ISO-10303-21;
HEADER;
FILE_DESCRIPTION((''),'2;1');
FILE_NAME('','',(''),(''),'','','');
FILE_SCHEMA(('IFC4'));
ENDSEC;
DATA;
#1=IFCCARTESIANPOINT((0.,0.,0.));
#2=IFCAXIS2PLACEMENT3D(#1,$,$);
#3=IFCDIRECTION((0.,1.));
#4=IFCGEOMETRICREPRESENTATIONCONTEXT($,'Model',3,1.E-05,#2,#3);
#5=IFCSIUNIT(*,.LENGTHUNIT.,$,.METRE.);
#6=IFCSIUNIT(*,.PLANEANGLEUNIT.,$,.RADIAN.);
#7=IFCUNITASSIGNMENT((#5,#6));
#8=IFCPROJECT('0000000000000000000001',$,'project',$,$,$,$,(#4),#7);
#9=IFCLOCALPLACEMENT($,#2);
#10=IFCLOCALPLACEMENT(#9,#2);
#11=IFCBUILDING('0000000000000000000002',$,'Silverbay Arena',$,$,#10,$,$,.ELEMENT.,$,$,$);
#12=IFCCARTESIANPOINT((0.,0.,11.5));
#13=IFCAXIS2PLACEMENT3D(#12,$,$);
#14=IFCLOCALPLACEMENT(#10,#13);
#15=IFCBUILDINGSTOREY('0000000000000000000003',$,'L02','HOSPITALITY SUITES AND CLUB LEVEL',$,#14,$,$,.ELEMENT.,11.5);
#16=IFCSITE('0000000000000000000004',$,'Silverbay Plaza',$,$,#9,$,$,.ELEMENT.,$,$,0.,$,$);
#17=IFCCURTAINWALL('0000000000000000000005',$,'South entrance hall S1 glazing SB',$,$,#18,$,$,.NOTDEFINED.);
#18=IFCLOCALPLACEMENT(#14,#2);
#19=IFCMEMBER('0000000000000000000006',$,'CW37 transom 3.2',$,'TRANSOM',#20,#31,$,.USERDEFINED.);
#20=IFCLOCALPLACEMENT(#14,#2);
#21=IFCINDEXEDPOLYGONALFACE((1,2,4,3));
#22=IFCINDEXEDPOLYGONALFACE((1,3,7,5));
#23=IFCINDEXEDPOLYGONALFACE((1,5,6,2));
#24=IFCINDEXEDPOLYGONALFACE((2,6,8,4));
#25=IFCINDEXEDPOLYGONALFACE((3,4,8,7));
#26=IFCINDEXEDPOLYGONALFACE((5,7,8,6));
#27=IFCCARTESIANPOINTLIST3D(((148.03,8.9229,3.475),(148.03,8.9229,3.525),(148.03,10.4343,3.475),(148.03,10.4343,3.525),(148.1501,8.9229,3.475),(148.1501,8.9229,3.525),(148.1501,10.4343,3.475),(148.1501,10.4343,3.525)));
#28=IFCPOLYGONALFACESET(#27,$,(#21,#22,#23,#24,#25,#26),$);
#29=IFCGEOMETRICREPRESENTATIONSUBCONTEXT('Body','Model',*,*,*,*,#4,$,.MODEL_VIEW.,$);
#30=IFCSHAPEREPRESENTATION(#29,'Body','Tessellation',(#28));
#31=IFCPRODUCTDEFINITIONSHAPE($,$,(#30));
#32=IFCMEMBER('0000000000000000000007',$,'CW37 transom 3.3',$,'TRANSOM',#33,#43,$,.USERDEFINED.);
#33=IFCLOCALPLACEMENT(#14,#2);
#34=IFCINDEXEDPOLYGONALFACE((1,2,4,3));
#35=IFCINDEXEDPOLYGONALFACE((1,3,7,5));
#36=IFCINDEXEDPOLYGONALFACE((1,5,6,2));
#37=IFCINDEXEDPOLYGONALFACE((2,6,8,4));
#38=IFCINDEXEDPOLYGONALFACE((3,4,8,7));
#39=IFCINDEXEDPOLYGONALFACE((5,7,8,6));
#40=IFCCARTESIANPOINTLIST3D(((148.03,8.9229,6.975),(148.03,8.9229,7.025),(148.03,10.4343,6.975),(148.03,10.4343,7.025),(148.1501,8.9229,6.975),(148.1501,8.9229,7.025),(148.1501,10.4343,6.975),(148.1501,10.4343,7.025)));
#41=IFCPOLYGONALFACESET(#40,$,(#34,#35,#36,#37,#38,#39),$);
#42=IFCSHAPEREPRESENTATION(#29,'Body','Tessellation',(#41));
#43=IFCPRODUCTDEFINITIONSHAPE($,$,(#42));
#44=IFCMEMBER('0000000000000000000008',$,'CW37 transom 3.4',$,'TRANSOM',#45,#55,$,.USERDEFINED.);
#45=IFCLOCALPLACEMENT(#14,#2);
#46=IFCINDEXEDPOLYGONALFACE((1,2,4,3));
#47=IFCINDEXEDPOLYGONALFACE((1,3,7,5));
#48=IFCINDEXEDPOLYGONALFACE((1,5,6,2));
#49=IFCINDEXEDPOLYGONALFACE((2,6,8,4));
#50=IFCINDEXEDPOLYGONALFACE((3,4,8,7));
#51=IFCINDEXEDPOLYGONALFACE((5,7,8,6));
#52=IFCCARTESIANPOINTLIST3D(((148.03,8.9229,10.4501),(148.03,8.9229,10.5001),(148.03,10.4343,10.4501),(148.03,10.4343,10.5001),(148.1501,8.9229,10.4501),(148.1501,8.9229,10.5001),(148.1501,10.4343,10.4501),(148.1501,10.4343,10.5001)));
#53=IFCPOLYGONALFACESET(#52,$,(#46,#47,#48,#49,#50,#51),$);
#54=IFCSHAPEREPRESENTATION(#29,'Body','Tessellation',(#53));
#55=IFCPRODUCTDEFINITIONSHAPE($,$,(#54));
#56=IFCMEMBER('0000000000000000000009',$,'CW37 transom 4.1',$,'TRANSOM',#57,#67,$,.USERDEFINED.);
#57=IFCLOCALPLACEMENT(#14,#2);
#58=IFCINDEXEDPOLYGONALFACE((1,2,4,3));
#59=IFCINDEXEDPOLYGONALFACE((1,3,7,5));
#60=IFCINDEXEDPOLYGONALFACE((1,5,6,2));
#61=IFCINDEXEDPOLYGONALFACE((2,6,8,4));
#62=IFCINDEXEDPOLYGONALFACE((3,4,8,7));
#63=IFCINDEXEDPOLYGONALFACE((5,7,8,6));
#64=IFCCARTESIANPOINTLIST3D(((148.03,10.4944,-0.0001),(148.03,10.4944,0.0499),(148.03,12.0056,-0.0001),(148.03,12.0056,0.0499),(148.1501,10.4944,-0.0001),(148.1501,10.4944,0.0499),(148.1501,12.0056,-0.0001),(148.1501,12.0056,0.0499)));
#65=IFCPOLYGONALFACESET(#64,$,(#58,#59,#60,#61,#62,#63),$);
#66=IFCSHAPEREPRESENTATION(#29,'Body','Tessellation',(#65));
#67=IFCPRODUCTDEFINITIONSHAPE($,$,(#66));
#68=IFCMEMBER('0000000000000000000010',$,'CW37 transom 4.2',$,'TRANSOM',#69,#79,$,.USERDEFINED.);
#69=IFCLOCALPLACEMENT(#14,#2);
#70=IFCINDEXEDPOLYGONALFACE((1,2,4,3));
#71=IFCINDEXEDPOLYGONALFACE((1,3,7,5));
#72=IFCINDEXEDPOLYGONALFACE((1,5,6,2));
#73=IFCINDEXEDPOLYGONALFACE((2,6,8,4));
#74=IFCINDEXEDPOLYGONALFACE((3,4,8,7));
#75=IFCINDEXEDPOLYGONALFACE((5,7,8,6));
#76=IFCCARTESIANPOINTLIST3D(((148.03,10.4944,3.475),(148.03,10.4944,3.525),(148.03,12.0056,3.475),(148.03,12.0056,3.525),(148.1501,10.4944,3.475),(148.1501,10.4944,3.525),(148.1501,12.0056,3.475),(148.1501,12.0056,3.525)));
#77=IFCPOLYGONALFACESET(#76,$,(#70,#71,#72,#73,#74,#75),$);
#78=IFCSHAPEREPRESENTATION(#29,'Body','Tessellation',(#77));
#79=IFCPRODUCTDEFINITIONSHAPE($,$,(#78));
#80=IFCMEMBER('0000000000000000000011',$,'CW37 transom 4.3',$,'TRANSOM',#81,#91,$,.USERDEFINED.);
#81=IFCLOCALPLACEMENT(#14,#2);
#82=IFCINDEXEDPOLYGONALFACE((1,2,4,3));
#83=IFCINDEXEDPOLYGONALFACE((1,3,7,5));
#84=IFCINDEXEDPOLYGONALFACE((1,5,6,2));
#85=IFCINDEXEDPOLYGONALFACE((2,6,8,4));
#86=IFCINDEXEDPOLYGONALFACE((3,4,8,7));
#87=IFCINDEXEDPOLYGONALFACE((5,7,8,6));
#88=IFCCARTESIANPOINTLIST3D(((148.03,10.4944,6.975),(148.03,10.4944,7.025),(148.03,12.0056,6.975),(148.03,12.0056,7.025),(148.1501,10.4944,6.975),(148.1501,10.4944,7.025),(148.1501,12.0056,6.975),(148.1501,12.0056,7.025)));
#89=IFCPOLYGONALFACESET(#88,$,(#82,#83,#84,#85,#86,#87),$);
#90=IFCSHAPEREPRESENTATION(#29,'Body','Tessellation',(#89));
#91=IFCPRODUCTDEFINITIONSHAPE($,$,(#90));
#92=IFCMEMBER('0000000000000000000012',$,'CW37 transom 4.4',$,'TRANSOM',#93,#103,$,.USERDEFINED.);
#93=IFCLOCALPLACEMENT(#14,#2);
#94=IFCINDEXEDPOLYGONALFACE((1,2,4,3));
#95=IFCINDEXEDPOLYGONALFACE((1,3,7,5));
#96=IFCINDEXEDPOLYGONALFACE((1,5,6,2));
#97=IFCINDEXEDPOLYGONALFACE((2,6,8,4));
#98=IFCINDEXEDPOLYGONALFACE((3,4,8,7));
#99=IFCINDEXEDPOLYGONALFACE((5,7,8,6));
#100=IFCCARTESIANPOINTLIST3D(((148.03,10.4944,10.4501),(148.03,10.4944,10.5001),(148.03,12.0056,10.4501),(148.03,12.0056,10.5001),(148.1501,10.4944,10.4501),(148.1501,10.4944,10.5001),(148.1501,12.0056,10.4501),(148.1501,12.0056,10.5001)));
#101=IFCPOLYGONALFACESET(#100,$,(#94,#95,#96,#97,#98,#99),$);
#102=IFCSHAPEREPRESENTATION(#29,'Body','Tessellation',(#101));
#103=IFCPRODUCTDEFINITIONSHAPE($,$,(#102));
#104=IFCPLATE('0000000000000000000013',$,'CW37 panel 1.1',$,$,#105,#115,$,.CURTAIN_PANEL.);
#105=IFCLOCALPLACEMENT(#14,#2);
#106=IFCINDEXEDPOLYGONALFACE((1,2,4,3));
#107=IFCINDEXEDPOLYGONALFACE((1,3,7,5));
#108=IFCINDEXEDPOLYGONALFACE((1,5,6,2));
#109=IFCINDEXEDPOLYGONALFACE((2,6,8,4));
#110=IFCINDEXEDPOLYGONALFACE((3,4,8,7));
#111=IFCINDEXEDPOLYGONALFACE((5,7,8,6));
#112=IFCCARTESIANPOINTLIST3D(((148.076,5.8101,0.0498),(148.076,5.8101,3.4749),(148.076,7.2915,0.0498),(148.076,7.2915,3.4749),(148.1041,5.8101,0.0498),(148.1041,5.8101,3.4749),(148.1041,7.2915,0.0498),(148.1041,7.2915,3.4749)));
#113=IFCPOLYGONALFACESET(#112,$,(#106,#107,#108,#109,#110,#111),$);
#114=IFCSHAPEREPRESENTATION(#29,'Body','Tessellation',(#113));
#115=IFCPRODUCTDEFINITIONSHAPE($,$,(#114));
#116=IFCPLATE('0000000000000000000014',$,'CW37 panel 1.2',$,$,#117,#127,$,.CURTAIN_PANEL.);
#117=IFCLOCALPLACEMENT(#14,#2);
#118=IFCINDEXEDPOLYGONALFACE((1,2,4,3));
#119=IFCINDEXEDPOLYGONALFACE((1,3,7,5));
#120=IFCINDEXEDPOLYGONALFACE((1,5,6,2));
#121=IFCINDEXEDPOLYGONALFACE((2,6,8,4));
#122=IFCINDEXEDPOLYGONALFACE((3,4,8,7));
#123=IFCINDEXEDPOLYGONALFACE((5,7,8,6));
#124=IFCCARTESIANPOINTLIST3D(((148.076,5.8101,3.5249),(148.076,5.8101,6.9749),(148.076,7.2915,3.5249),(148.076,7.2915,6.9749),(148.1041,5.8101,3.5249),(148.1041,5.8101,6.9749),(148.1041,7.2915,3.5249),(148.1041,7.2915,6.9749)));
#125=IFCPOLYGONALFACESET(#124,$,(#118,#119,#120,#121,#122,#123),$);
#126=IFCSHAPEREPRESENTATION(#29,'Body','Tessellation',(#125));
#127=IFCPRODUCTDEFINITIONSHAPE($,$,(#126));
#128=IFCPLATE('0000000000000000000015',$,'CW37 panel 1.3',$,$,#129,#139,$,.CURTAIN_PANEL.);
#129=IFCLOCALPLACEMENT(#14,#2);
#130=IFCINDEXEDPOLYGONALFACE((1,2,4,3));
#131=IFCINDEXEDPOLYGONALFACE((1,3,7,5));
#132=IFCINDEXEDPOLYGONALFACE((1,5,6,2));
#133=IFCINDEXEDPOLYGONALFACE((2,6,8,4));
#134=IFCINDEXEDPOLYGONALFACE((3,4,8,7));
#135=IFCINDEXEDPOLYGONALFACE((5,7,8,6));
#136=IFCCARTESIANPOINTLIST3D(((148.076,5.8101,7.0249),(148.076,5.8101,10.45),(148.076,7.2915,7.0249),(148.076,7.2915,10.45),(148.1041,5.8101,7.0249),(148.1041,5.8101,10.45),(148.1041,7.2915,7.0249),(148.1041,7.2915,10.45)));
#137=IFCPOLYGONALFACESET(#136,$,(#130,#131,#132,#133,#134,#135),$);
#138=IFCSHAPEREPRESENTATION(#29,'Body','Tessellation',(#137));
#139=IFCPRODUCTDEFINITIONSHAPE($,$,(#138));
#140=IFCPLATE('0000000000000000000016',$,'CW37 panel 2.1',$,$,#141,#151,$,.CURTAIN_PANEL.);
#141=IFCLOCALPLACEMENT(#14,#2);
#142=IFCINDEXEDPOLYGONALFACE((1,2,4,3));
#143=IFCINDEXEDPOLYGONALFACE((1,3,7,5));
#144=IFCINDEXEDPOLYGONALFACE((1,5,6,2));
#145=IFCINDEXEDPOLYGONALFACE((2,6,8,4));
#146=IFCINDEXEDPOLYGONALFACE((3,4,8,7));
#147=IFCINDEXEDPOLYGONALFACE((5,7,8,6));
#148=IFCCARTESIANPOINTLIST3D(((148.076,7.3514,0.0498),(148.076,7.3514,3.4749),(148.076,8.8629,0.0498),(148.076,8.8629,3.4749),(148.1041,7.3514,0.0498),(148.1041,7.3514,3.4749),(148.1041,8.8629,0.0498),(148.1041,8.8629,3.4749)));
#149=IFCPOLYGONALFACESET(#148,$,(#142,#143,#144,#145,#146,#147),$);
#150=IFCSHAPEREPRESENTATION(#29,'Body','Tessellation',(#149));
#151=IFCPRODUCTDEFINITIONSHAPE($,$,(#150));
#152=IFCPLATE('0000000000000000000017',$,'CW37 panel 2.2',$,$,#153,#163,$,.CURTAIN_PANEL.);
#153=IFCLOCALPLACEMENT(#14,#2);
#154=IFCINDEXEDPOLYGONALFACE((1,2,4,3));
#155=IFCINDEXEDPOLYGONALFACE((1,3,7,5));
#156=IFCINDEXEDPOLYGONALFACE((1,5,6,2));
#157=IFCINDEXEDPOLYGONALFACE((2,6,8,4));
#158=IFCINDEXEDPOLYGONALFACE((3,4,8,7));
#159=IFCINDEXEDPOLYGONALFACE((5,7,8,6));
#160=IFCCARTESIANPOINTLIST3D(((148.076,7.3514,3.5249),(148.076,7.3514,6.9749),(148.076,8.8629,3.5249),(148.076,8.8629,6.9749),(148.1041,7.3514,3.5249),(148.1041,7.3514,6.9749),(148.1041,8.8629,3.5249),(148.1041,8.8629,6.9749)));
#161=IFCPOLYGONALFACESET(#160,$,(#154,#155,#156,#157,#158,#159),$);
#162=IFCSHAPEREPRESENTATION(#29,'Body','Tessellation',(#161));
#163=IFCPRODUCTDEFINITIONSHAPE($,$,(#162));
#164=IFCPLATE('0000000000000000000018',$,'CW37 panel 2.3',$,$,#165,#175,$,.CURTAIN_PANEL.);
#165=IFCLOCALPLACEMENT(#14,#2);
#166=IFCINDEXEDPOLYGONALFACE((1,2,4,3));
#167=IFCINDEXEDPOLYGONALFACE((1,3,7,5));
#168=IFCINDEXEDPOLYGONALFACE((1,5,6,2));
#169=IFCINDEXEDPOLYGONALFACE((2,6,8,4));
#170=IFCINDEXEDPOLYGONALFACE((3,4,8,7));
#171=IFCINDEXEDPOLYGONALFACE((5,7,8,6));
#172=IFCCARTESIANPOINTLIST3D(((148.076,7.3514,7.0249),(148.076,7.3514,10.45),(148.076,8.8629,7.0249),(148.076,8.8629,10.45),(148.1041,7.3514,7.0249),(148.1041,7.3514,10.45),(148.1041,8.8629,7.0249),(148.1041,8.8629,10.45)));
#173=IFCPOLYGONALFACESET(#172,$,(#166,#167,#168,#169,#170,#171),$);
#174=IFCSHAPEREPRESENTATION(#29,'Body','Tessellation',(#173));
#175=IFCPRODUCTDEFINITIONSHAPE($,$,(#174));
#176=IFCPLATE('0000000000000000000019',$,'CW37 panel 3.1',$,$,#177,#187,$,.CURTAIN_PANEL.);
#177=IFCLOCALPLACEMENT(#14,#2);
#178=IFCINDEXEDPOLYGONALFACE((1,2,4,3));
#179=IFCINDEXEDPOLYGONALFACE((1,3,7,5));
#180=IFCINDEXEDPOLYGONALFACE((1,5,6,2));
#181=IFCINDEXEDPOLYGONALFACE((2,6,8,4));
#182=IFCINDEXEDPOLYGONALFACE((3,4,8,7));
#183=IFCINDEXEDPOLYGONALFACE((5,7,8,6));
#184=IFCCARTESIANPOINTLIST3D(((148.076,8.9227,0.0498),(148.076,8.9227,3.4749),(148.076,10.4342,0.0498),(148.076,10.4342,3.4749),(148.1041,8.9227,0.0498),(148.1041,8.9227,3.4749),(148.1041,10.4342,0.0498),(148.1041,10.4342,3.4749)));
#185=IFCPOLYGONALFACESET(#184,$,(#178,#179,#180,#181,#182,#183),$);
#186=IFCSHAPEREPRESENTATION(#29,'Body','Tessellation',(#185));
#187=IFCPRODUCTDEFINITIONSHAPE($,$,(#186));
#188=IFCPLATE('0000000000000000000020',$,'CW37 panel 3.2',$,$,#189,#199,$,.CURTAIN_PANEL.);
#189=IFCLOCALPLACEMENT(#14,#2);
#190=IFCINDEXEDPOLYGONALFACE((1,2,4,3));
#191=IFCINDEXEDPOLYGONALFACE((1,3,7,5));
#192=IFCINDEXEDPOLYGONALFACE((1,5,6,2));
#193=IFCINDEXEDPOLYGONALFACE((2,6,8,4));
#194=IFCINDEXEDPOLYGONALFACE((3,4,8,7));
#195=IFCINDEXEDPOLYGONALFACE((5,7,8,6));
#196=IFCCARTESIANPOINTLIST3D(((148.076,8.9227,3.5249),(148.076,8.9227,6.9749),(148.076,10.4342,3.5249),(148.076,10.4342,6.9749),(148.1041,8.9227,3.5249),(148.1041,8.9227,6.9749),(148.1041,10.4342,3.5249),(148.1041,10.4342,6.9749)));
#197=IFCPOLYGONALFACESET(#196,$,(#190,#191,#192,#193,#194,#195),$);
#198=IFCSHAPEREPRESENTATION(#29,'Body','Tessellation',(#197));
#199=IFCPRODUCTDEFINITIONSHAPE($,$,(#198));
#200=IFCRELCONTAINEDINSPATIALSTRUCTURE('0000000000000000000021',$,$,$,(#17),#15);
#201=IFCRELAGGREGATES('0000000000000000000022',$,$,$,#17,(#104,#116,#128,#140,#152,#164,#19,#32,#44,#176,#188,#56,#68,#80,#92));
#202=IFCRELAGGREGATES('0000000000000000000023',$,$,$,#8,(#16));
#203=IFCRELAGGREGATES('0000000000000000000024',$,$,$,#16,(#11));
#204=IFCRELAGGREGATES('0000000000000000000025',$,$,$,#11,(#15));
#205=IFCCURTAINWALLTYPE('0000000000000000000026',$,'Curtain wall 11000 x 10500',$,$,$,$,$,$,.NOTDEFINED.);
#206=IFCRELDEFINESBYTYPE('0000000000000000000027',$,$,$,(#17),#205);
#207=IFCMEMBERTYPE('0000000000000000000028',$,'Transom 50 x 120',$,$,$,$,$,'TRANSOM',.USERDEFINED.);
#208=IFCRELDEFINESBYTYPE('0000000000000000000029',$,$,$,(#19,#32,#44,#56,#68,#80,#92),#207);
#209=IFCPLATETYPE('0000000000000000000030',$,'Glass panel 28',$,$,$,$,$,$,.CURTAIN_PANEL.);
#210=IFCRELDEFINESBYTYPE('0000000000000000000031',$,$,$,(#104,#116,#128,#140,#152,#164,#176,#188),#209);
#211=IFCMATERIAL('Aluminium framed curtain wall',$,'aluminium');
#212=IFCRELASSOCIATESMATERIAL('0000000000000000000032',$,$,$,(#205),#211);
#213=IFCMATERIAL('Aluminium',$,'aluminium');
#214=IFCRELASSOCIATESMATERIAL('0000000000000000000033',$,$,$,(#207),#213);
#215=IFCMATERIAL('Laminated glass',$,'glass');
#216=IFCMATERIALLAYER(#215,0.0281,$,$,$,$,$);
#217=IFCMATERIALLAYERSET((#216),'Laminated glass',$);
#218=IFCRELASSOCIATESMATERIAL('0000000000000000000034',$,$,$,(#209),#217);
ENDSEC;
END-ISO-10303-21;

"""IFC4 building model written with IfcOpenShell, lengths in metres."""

from ifc_helpers import new_model, si_unit, direction, frame, origin, origin_2d, place, context, subcontext, project, spatial, rectangle, extrude, material, layer, layer_set, material_profile, profile_set, type_object, element, aggregate, save


model = new_model("IFC4")

# Units and contexts
model_context = context("Model", 3, precision=1e-05, world=origin(), true_north=direction((0.0, 1.0)))
body_context = subcontext(model_context, "Body", "Model", "MODEL_VIEW")
ifc_project = project(units=[si_unit("LENGTHUNIT", "METRE"), si_unit("PLANEANGLEUNIT", "RADIAN")], contexts=[model_context])

# Site, building, storey
site_placement = place(None, origin())
site = spatial("IfcSite", under=ifc_project, at=site_placement, Name="Silverbay Plaza", CompositionType="ELEMENT", RefElevation=0.0)
building_placement = place(site_placement, origin())
building = spatial("IfcBuilding", under=site, at=building_placement, Name="Silverbay Arena", CompositionType="ELEMENT")
storey_placement = place(building_placement, frame((0.0, 0.0, 11.5)))
storey = spatial("IfcBuildingStorey", under=building, at=storey_placement, Name="L02", Description="HOSPITALITY SUITES AND CLUB LEVEL", CompositionType="ELEMENT", Elevation=11.5)

# Curtain wall, members, plates
ifc_material_1 = material(Name="Aluminium framed curtain wall", Category="aluminium")
curtain_wall_type_1 = type_object("IfcCurtainWallType", Name="Curtain wall 11000 x 10500", PredefinedType="NOTDEFINED", material=ifc_material_1)
curtain_wall_1_placement = place(storey_placement, origin())
curtain_wall_1 = element("IfcCurtainWall", 1, at=curtain_wall_1_placement, inside=storey, type_object=curtain_wall_type_1, Name="South entrance hall S1 glazing SB", PredefinedType="NOTDEFINED")
ifc_material_2 = material(Name="Aluminium", Category="aluminium")
ifc_material_profile_1 = material_profile(ifc_material_2, rectangle(XDim=0.1201, YDim=0.05, at=origin_2d()), Name="Transom 50 x 120")
ifc_profile_set_1 = profile_set([ifc_material_profile_1], Name="Aluminium")
member_type_1 = type_object("IfcMemberType", Name="Transom 50 x 120", ElementType="TRANSOM", PredefinedType="USERDEFINED", material=ifc_profile_set_1)
member_1_placement = place(storey_placement, frame((148.0901, 8.9229, 3.5), z_axis=(0.0, 1.0, 0.0), x_axis=(-1.0, 0.0, 0.0)))
member_1 = element("IfcMember", 2, at=member_1_placement, type_object=member_type_1, Name="CW37 transom 3.2", ObjectType="TRANSOM", PredefinedType="USERDEFINED", context=body_context, shape_type="SweptSolid", body=[
    extrude(rectangle(XDim=0.1201, YDim=0.05, at=origin_2d()), origin(), (0.0, 0.0, 1.0), 1.5115),
])
member_2_placement = place(storey_placement, frame((148.0901, 8.9229, 7.0), z_axis=(0.0, 1.0, 0.0), x_axis=(-1.0, 0.0, 0.0)))
member_2 = element("IfcMember", 3, at=member_2_placement, type_object=member_type_1, Name="CW37 transom 3.3", ObjectType="TRANSOM", PredefinedType="USERDEFINED", context=body_context, shape_type="SweptSolid", body=[
    extrude(rectangle(XDim=0.1201, YDim=0.05, at=origin_2d()), origin(), (0.0, 0.0, 1.0), 1.5115),
])
member_3_placement = place(storey_placement, frame((148.0901, 8.9229, 10.4751), z_axis=(0.0, 1.0, 0.0), x_axis=(-1.0, 0.0, 0.0)))
member_3 = element("IfcMember", 4, at=member_3_placement, type_object=member_type_1, Name="CW37 transom 3.4", ObjectType="TRANSOM", PredefinedType="USERDEFINED", context=body_context, shape_type="SweptSolid", body=[
    extrude(rectangle(XDim=0.1201, YDim=0.05, at=origin_2d()), origin(), (0.0, 0.0, 1.0), 1.5115),
])
member_4_placement = place(storey_placement, frame((148.0901, 10.4944, 0.0249), z_axis=(0.0, 1.0, 0.0), x_axis=(-1.0, 0.0, 0.0)))
member_4 = element("IfcMember", 5, at=member_4_placement, type_object=member_type_1, Name="CW37 transom 4.1", ObjectType="TRANSOM", PredefinedType="USERDEFINED", context=body_context, shape_type="SweptSolid", body=[
    extrude(rectangle(XDim=0.1201, YDim=0.05, at=origin_2d()), origin(), (0.0, 0.0, 1.0), 1.5112),
])
member_5_placement = place(storey_placement, frame((148.0901, 10.4944, 3.5), z_axis=(0.0, 1.0, 0.0), x_axis=(-1.0, 0.0, 0.0)))
member_5 = element("IfcMember", 6, at=member_5_placement, type_object=member_type_1, Name="CW37 transom 4.2", ObjectType="TRANSOM", PredefinedType="USERDEFINED", context=body_context, shape_type="SweptSolid", body=[
    extrude(rectangle(XDim=0.1201, YDim=0.05, at=origin_2d()), origin(), (0.0, 0.0, 1.0), 1.5112),
])
member_6_placement = place(storey_placement, frame((148.0901, 10.4944, 7.0), z_axis=(0.0, 1.0, 0.0), x_axis=(-1.0, 0.0, 0.0)))
member_6 = element("IfcMember", 7, at=member_6_placement, type_object=member_type_1, Name="CW37 transom 4.3", ObjectType="TRANSOM", PredefinedType="USERDEFINED", context=body_context, shape_type="SweptSolid", body=[
    extrude(rectangle(XDim=0.1201, YDim=0.05, at=origin_2d()), origin(), (0.0, 0.0, 1.0), 1.5112),
])
member_7_placement = place(storey_placement, frame((148.0901, 10.4944, 10.4751), z_axis=(0.0, 1.0, 0.0), x_axis=(-1.0, 0.0, 0.0)))
member_7 = element("IfcMember", 8, at=member_7_placement, type_object=member_type_1, Name="CW37 transom 4.4", ObjectType="TRANSOM", PredefinedType="USERDEFINED", context=body_context, shape_type="SweptSolid", body=[
    extrude(rectangle(XDim=0.1201, YDim=0.05, at=origin_2d()), origin(), (0.0, 0.0, 1.0), 1.5112),
])
ifc_material_3 = material(Name="Laminated glass", Category="glass")
ifc_layer = layer(ifc_material_3, 0.0281)
ifc_layer_set = layer_set([ifc_layer], Name="Laminated glass")
plate_type = type_object("IfcPlateType", Name="Glass panel 28", PredefinedType="CURTAIN_PANEL", material=ifc_layer_set)
plate_1_placement = place(storey_placement, frame((148.0901, 6.5508, 0.0498), z_axis=(0.0, 0.0, 1.0), x_axis=(0.0, 1.0, 0.0)))
plate_1 = element("IfcPlate", 9, at=plate_1_placement, type_object=plate_type, Name="CW37 panel 1.1", PredefinedType="CURTAIN_PANEL", context=body_context, shape_type="SweptSolid", body=[
    extrude(rectangle(XDim=1.4814, YDim=0.0281, at=origin_2d()), origin(), (0.0, 0.0, 1.0), 3.425),
])
plate_2_placement = place(storey_placement, frame((148.0901, 6.5508, 3.5249), z_axis=(0.0, 0.0, 1.0), x_axis=(0.0, 1.0, 0.0)))
plate_2 = element("IfcPlate", 10, at=plate_2_placement, type_object=plate_type, Name="CW37 panel 1.2", PredefinedType="CURTAIN_PANEL", context=body_context, shape_type="SweptSolid", body=[
    extrude(rectangle(XDim=1.4814, YDim=0.0281, at=origin_2d()), origin(), (0.0, 0.0, 1.0), 3.45),
])
plate_3_placement = place(storey_placement, frame((148.0901, 6.5508, 7.0249), z_axis=(0.0, 0.0, 1.0), x_axis=(0.0, 1.0, 0.0)))
plate_3 = element("IfcPlate", 11, at=plate_3_placement, type_object=plate_type, Name="CW37 panel 1.3", PredefinedType="CURTAIN_PANEL", context=body_context, shape_type="SweptSolid", body=[
    extrude(rectangle(XDim=1.4814, YDim=0.0281, at=origin_2d()), origin(), (0.0, 0.0, 1.0), 3.425),
])
plate_4_placement = place(storey_placement, frame((148.0901, 8.1072, 0.0498), z_axis=(0.0, 0.0, 1.0), x_axis=(0.0, 1.0, 0.0)))
plate_4 = element("IfcPlate", 12, at=plate_4_placement, type_object=plate_type, Name="CW37 panel 2.1", PredefinedType="CURTAIN_PANEL", context=body_context, shape_type="SweptSolid", body=[
    extrude(rectangle(XDim=1.5115, YDim=0.0281, at=origin_2d()), origin(), (0.0, 0.0, 1.0), 3.425),
])
plate_5_placement = place(storey_placement, frame((148.0901, 8.1072, 3.5249), z_axis=(0.0, 0.0, 1.0), x_axis=(0.0, 1.0, 0.0)))
plate_5 = element("IfcPlate", 13, at=plate_5_placement, type_object=plate_type, Name="CW37 panel 2.2", PredefinedType="CURTAIN_PANEL", context=body_context, shape_type="SweptSolid", body=[
    extrude(rectangle(XDim=1.5115, YDim=0.0281, at=origin_2d()), origin(), (0.0, 0.0, 1.0), 3.45),
])
plate_6_placement = place(storey_placement, frame((148.0901, 8.1072, 7.0249), z_axis=(0.0, 0.0, 1.0), x_axis=(0.0, 1.0, 0.0)))
plate_6 = element("IfcPlate", 14, at=plate_6_placement, type_object=plate_type, Name="CW37 panel 2.3", PredefinedType="CURTAIN_PANEL", context=body_context, shape_type="SweptSolid", body=[
    extrude(rectangle(XDim=1.5115, YDim=0.0281, at=origin_2d()), origin(), (0.0, 0.0, 1.0), 3.425),
])
plate_7_placement = place(storey_placement, frame((148.0901, 9.6785, 0.0498), z_axis=(0.0, 0.0, 1.0), x_axis=(0.0, 1.0, 0.0)))
plate_7 = element("IfcPlate", 15, at=plate_7_placement, type_object=plate_type, Name="CW37 panel 3.1", PredefinedType="CURTAIN_PANEL", context=body_context, shape_type="SweptSolid", body=[
    extrude(rectangle(XDim=1.5115, YDim=0.0281, at=origin_2d()), origin(), (0.0, 0.0, 1.0), 3.425),
])
plate_8_placement = place(storey_placement, frame((148.0901, 9.6785, 3.5249), z_axis=(0.0, 0.0, 1.0), x_axis=(0.0, 1.0, 0.0)))
plate_8 = element("IfcPlate", 16, at=plate_8_placement, type_object=plate_type, Name="CW37 panel 3.2", PredefinedType="CURTAIN_PANEL", context=body_context, shape_type="SweptSolid", body=[
    extrude(rectangle(XDim=1.5115, YDim=0.0281, at=origin_2d()), origin(), (0.0, 0.0, 1.0), 3.45),
])
aggregate(curtain_wall_1, [plate_1, plate_2, plate_3, plate_4, plate_5, plate_6, member_1, member_2, member_3, plate_7, plate_8, member_4, member_5, member_6, member_7])

save(model, "model.ifc")
